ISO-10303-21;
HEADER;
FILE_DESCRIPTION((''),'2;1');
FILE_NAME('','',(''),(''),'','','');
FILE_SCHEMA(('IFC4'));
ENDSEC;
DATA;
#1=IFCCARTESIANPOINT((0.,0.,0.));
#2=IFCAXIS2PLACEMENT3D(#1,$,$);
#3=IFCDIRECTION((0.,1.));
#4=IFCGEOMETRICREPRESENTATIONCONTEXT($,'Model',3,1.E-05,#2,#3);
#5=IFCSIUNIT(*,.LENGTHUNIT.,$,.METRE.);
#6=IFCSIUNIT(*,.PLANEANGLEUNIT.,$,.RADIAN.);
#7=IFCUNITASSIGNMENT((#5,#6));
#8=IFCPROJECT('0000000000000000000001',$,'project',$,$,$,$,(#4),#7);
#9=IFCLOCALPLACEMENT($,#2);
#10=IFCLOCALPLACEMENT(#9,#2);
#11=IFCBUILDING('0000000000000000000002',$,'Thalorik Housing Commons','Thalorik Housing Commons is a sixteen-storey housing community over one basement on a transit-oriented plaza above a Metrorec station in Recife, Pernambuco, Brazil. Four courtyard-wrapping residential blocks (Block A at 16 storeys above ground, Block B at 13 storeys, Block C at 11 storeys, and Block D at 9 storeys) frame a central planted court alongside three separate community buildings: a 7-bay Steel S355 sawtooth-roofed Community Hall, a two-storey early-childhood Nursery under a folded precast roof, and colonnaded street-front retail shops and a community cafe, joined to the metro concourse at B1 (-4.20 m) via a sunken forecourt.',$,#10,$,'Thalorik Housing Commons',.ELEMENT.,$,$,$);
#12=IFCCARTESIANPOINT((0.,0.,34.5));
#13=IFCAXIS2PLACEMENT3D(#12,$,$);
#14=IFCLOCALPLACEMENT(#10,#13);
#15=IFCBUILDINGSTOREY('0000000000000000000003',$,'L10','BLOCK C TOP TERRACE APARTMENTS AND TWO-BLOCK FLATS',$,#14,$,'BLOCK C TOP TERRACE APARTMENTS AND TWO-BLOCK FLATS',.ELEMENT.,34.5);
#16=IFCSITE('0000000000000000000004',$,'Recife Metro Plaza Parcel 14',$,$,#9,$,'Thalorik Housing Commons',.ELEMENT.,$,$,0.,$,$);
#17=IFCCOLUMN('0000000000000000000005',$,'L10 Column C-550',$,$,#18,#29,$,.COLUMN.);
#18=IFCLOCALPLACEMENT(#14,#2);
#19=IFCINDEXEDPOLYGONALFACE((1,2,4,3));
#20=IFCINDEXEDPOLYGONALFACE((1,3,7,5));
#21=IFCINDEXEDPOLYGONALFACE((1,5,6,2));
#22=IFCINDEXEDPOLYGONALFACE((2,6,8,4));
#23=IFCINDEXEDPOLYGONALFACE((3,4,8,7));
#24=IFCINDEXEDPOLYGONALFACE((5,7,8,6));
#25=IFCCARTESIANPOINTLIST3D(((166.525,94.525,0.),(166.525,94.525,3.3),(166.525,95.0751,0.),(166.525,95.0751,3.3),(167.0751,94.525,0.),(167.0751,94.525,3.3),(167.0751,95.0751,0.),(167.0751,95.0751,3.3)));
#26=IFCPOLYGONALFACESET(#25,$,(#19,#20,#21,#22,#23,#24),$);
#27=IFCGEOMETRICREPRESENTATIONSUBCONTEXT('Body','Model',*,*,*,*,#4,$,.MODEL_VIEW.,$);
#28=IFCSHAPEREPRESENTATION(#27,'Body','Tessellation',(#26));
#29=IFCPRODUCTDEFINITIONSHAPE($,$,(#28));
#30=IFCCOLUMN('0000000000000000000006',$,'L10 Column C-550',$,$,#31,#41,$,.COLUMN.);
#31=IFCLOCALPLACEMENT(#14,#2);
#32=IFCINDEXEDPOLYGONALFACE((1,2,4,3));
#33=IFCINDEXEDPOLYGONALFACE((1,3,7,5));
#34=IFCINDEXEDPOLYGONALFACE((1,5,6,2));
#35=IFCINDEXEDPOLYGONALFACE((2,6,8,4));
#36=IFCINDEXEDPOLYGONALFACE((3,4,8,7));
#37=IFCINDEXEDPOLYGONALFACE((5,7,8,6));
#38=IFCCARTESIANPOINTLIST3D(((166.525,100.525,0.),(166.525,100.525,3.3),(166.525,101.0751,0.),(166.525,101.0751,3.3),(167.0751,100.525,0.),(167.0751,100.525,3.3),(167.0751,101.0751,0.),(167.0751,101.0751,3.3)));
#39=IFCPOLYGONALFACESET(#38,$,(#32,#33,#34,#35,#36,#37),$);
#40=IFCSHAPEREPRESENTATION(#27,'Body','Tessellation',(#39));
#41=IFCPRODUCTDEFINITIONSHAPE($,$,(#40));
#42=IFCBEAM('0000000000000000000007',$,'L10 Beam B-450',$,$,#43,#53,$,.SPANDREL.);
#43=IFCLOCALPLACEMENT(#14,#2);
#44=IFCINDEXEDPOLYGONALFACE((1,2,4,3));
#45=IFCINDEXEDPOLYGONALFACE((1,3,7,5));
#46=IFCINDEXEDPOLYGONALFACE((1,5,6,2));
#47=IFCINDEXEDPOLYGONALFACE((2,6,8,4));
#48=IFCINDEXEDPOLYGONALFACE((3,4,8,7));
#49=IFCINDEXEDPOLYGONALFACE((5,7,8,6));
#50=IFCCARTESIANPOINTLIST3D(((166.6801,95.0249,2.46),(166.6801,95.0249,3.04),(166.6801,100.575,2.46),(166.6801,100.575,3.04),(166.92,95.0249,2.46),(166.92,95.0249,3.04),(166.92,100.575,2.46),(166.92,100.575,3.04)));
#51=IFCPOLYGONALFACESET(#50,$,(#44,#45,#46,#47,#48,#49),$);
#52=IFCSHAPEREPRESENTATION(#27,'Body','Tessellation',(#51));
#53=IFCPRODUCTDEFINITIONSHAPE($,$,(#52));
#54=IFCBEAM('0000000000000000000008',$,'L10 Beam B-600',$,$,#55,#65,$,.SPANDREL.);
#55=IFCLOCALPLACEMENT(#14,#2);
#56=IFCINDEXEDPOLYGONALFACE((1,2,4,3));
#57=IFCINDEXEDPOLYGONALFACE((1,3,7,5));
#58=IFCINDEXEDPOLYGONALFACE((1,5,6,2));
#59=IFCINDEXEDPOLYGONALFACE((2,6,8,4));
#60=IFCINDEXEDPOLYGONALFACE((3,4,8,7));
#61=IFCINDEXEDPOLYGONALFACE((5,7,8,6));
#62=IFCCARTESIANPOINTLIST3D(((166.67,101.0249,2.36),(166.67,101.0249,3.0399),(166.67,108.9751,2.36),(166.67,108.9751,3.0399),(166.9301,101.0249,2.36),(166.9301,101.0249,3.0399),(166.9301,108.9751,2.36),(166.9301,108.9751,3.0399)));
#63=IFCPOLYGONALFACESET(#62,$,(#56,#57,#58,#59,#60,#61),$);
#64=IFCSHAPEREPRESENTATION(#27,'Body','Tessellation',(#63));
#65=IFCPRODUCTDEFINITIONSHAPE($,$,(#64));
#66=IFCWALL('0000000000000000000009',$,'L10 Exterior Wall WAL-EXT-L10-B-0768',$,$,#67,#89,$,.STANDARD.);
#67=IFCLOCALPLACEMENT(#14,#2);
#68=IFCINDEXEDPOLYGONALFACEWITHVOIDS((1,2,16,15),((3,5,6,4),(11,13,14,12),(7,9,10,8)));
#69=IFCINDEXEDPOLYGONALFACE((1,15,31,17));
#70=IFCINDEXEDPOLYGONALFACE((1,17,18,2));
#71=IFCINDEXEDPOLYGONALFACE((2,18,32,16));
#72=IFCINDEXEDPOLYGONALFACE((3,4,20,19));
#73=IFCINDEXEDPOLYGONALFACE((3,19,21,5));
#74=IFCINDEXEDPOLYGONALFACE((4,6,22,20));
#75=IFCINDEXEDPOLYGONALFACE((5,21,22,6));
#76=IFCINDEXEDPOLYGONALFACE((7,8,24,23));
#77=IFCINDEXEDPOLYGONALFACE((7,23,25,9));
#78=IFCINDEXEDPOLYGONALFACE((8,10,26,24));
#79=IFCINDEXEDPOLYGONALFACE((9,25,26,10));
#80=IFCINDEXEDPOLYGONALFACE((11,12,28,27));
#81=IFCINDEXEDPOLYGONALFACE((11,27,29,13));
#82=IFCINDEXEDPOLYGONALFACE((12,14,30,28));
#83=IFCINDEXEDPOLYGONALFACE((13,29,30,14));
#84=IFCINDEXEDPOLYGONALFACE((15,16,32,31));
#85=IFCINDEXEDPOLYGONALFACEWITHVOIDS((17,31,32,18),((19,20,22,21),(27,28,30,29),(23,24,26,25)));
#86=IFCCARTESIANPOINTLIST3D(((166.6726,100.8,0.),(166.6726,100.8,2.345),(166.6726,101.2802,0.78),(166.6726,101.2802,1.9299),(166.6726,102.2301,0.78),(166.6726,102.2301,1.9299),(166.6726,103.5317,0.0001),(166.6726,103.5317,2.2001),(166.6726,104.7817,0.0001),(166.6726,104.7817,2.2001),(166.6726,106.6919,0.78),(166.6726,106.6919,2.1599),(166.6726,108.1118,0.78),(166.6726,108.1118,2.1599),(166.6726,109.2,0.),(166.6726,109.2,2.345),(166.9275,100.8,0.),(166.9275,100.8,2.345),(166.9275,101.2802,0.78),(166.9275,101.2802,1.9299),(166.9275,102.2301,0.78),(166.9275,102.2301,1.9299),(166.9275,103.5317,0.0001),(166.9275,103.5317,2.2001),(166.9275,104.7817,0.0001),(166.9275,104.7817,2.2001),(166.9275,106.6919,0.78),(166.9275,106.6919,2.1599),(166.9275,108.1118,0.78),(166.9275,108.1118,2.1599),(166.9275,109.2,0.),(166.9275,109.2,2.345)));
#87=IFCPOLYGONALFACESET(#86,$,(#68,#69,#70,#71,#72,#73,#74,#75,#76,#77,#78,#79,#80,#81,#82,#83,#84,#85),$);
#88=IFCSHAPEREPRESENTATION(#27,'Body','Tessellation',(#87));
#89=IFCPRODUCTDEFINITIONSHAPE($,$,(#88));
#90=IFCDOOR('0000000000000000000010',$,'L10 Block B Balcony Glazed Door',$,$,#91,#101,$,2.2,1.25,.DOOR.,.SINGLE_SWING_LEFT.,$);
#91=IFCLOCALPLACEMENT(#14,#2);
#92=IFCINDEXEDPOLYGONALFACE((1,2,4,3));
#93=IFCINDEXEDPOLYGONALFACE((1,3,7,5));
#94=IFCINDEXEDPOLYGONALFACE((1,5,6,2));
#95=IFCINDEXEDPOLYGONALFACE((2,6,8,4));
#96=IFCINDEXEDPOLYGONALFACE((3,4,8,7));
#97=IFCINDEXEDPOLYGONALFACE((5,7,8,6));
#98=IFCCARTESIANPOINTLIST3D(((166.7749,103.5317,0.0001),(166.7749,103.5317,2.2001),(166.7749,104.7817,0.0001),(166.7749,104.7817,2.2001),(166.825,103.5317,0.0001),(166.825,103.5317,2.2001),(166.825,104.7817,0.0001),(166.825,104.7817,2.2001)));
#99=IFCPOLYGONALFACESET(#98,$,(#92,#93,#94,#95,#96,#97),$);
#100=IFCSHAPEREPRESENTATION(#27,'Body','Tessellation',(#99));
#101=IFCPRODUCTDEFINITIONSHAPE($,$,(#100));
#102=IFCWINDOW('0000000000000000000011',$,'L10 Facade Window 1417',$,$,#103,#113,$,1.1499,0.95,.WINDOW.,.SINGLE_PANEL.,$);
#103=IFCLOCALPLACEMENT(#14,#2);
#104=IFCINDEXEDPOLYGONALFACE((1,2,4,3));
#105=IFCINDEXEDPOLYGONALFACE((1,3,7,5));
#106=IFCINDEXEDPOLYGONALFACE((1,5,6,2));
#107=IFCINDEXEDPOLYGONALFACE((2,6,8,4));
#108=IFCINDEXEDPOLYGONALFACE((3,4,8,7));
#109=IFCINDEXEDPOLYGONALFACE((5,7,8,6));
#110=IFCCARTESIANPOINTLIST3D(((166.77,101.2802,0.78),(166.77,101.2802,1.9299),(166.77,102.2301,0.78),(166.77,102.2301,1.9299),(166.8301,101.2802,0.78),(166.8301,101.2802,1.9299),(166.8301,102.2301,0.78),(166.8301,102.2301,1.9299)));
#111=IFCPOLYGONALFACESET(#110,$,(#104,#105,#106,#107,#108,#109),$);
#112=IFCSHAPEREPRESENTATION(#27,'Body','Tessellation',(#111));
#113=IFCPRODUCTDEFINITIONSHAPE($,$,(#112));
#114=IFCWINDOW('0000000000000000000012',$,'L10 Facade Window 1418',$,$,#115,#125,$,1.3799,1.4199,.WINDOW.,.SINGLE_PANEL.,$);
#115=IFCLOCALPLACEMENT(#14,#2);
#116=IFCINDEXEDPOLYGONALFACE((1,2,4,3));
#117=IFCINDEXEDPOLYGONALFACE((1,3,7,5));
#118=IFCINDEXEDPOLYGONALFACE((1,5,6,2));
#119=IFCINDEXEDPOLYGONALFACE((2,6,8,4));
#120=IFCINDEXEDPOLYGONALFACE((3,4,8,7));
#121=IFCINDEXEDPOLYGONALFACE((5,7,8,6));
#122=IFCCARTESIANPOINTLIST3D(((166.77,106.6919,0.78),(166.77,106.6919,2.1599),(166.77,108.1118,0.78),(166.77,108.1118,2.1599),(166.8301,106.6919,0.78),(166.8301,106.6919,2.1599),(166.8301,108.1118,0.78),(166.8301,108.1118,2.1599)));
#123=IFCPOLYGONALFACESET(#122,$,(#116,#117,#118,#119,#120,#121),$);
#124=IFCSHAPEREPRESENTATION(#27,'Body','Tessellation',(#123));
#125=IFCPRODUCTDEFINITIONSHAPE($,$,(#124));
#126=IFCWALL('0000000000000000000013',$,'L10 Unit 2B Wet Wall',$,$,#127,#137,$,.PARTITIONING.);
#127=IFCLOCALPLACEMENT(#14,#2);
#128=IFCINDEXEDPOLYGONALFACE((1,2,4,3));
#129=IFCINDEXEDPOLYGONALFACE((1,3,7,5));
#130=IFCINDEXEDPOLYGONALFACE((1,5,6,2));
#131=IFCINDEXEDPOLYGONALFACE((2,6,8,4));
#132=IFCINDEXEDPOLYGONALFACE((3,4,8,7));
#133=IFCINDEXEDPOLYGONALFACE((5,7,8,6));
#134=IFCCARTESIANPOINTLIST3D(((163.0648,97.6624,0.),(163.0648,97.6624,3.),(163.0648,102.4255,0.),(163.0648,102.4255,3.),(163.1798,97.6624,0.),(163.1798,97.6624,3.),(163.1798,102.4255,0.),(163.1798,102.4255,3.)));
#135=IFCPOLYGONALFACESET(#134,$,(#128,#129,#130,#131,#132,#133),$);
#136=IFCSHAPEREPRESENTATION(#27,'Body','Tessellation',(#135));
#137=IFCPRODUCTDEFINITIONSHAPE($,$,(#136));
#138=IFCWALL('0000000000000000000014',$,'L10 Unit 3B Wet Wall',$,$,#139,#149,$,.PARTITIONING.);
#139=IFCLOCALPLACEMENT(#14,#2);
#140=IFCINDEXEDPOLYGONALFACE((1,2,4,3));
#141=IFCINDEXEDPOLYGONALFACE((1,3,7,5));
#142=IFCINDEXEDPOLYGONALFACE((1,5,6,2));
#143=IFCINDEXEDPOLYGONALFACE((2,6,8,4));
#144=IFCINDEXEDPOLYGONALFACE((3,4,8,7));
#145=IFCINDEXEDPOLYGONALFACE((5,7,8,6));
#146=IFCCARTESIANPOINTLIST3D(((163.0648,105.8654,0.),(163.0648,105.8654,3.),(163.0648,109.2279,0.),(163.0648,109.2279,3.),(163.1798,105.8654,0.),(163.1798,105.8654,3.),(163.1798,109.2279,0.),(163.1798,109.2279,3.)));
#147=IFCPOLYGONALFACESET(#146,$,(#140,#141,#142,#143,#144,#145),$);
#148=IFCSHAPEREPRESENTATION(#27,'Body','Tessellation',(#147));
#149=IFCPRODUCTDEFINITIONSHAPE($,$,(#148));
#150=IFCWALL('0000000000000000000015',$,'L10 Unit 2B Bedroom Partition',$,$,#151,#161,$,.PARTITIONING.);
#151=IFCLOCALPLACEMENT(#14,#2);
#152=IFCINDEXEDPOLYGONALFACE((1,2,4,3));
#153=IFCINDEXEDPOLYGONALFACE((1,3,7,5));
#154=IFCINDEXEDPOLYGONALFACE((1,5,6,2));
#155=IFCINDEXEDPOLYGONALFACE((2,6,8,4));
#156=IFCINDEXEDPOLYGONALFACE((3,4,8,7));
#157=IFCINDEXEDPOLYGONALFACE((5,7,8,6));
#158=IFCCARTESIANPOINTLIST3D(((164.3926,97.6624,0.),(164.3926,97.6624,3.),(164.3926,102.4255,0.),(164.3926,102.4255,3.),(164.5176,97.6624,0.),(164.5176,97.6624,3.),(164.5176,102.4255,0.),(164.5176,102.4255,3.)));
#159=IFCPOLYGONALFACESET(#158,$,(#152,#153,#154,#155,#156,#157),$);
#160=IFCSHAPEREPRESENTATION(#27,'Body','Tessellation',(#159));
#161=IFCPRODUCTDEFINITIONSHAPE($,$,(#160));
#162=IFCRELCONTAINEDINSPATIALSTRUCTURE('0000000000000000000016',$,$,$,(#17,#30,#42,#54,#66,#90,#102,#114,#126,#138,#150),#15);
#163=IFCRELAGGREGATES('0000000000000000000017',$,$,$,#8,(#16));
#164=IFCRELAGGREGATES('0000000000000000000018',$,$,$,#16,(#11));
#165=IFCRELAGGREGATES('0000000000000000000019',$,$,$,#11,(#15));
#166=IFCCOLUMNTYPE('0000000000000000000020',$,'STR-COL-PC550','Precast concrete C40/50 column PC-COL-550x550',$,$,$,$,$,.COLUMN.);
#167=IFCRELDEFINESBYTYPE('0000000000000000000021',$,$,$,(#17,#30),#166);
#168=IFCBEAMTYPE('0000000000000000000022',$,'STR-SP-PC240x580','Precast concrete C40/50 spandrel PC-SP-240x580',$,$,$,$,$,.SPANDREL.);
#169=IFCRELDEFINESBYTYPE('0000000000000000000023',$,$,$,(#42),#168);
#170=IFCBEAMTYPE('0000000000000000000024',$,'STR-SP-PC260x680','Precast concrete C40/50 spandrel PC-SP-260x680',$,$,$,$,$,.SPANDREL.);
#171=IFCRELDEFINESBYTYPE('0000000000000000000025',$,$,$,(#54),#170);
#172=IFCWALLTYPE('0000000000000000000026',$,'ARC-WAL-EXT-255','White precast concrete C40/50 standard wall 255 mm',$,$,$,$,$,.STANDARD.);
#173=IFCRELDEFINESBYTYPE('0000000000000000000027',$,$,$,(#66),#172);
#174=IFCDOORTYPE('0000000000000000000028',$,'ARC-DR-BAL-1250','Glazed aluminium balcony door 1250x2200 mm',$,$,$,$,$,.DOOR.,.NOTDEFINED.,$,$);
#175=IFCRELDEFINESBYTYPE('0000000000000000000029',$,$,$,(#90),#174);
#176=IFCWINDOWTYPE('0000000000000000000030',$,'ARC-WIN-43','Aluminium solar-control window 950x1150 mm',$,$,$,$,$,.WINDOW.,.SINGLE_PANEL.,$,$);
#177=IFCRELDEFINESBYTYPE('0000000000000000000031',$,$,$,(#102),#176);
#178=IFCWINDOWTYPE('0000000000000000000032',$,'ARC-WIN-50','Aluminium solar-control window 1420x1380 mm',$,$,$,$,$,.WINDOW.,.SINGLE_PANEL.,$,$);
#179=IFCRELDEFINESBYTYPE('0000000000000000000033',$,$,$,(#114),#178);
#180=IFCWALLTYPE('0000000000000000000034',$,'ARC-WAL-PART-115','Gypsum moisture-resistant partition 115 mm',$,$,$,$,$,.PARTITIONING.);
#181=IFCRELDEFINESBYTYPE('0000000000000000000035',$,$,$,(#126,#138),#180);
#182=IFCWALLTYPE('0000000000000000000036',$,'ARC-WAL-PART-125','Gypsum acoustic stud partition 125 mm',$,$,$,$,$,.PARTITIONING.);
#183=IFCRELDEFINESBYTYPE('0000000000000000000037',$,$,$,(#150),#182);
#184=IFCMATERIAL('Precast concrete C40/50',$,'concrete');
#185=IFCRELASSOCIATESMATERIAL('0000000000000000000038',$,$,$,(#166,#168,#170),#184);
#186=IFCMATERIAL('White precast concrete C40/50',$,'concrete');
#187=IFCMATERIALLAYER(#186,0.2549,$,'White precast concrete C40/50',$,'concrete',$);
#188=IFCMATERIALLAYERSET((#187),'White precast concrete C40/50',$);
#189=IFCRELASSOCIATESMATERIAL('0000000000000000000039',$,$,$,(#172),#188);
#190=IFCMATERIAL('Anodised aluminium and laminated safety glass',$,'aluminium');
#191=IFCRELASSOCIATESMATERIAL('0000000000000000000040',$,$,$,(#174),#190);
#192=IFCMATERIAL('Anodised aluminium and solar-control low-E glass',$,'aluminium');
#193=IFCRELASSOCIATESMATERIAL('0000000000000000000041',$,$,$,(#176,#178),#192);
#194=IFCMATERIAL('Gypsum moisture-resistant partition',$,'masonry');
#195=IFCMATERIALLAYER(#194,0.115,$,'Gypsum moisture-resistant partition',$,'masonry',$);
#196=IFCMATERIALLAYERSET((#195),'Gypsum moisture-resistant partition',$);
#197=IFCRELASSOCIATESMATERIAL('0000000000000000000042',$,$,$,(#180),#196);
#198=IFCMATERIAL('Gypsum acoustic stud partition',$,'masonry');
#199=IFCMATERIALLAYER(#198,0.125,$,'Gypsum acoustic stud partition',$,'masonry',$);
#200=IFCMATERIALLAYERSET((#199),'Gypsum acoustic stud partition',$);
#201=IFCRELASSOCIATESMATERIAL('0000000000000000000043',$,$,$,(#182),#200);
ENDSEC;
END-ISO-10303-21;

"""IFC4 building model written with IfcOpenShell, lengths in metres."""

from ifc_helpers import new_model, si_unit, direction, frame, frame_2d, origin, origin_2d, place, context, subcontext, project, spatial, rectangle, extrude, material, layer, layer_set, material_profile, profile_set, type_object, element, fill, save


model = new_model("IFC4")

# Units and contexts
model_context = context("Model", 3, precision=1e-05, world=origin(), true_north=direction((0.0, 1.0)))
body_context = subcontext(model_context, "Body", "Model", "MODEL_VIEW")
ifc_project = project(units=[si_unit("LENGTHUNIT", "METRE"), si_unit("PLANEANGLEUNIT", "RADIAN")], contexts=[model_context])

# Site, building, storey
site_placement = place(None, origin())
site = spatial("IfcSite", under=ifc_project, at=site_placement, Name="Recife Metro Plaza Parcel 14", LongName="Thalorik Housing Commons", CompositionType="ELEMENT", RefElevation=0.0)
building_placement = place(site_placement, origin())
building = spatial("IfcBuilding", under=site, at=building_placement, Name="Thalorik Housing Commons", Description="Thalorik Housing Commons is a sixteen-storey housing community over one basement on a transit-oriented plaza above a Metrorec station in Recife, Pernambuco, Brazil. Four courtyard-wrapping residential blocks (Block A at 16 storeys above ground, Block B at 13 storeys, Block C at 11 storeys, and Block D at 9 storeys) frame a central planted court alongside three separate community buildings: a 7-bay Steel S355 sawtooth-roofed Community Hall, a two-storey early-childhood Nursery under a folded precast roof, and colonnaded street-front retail shops and a community cafe, joined to the metro concourse at B1 (-4.20 m) via a sunken forecourt.", LongName="Thalorik Housing Commons", CompositionType="ELEMENT")
storey_placement = place(building_placement, frame((0.0, 0.0, 34.5)))
storey = spatial("IfcBuildingStorey", under=building, at=storey_placement, Name="L10", Description="BLOCK C TOP TERRACE APARTMENTS AND TWO-BLOCK FLATS", LongName="BLOCK C TOP TERRACE APARTMENTS AND TWO-BLOCK FLATS", CompositionType="ELEMENT", Elevation=34.5)

# Columns
ifc_material_1 = material(Name="Precast concrete C40/50", Category="concrete")
ifc_material_profile_1 = material_profile(ifc_material_1, rectangle(XDim=0.55, YDim=0.55, at=origin_2d()), Name="PC 550x550", Category="concrete")
ifc_profile_set_1 = profile_set([ifc_material_profile_1], Name="Precast concrete C40/50")
column_type = type_object("IfcColumnType", Name="STR-COL-PC550", Description="Precast concrete C40/50 column PC-COL-550x550", PredefinedType="COLUMN", material=ifc_profile_set_1)
for number, where, z_axis, x_axis, name in (
    (1, (166.8, 94.8, 0.0), (0.0, 0.0, 1.0), (1.0, 0.0, 0.0), "L10 Column C-550"),
    (2, (166.8, 100.8, 0.0), (0.0, 0.0, 1.0), (1.0, 0.0, 0.0), "L10 Column C-550"),
):
    element("IfcColumn", number, at=place(storey_placement, frame(where, z_axis=z_axis, x_axis=x_axis)), inside=storey, type_object=column_type, Name=name, PredefinedType="COLUMN", context=body_context, shape_type="SweptSolid", body=[
        extrude(rectangle(XDim=0.55, YDim=0.55, at=origin_2d()), origin(), (0.0, 0.0, 1.0), 3.3),
    ])

# Beams
ifc_material_profile_2 = material_profile(ifc_material_1, rectangle(XDim=0.24, YDim=0.5801, at=origin_2d()), Name="PC SP 240x580", Category="concrete")
ifc_profile_set_2 = profile_set([ifc_material_profile_2], Name="Precast concrete C40/50")
beam_type_1 = type_object("IfcBeamType", Name="STR-SP-PC240x580", Description="Precast concrete C40/50 spandrel PC-SP-240x580", PredefinedType="SPANDREL", material=ifc_profile_set_2)
beam_1_placement = place(storey_placement, frame((166.8, 95.0249, 2.75), z_axis=(0.0, 1.0, 0.0), x_axis=(-1.0, 0.0, 0.0)))
element("IfcBeam", 3, at=beam_1_placement, inside=storey, type_object=beam_type_1, Name="L10 Beam B-450", PredefinedType="SPANDREL", context=body_context, shape_type="SweptSolid", body=[
    extrude(rectangle(XDim=0.24, YDim=0.5801, at=origin_2d()), origin(), (0.0, 0.0, 1.0), 5.55),
])
ifc_material_profile_3 = material_profile(ifc_material_1, rectangle(XDim=0.26, YDim=0.6799, at=origin_2d()), Name="PC SP 260x680", Category="concrete")
ifc_profile_set_3 = profile_set([ifc_material_profile_3], Name="Precast concrete C40/50")
beam_type_2 = type_object("IfcBeamType", Name="STR-SP-PC260x680", Description="Precast concrete C40/50 spandrel PC-SP-260x680", PredefinedType="SPANDREL", material=ifc_profile_set_3)
beam_2_placement = place(storey_placement, frame((166.8, 101.0249, 2.7), z_axis=(0.0, 1.0, 0.0), x_axis=(-1.0, 0.0, 0.0)))
element("IfcBeam", 4, at=beam_2_placement, inside=storey, type_object=beam_type_2, Name="L10 Beam B-600", PredefinedType="SPANDREL", context=body_context, shape_type="SweptSolid", body=[
    extrude(rectangle(XDim=0.26, YDim=0.6799, at=origin_2d()), origin(), (0.0, 0.0, 1.0), 7.9502),
])

# Shared definitions
ifc_material_2 = material(Name="White precast concrete C40/50", Category="concrete")
ifc_layer_1 = layer(ifc_material_2, 0.2549, Name="White precast concrete C40/50", Category="concrete")
ifc_layer_set_1 = layer_set([ifc_layer_1], Name="White precast concrete C40/50")
wall_type_1 = type_object("IfcWallType", Name="ARC-WAL-EXT-255", Description="White precast concrete C40/50 standard wall 255 mm", PredefinedType="STANDARD", material=ifc_layer_set_1)
ifc_material_3 = material(Name="Anodised aluminium and laminated safety glass", Category="aluminium")
ifc_material_4 = material(Name="Anodised aluminium and solar-control low-E glass", Category="aluminium")

# Wall, openings, door, windows
wall_1_placement = place(storey_placement, frame((166.8, 100.8, 0.0), z_axis=(0.0, 0.0, 1.0), x_axis=(0.0, 1.0, 0.0)))
wall_1 = element("IfcWall", 5, at=wall_1_placement, inside=storey, type_object=wall_type_1, Name="L10 Exterior Wall WAL-EXT-L10-B-0768", PredefinedType="STANDARD", context=body_context, shape_type="SweptSolid", body=[
    extrude(rectangle(XDim=8.3999, YDim=0.2549, at=frame_2d((4.2, 0.0))), origin(), (0.0, 0.0, 1.0), 2.345),
])
opening_1_placement = place(wall_1_placement, frame((2.7317, 0.0, 0.0)))
opening_1 = element("IfcOpeningElement", 6, at=opening_1_placement, cuts=wall_1, PredefinedType="OPENING", context=body_context, shape_type="SweptSolid", body=[
    extrude(rectangle(XDim=1.25, YDim=2.2, at=frame_2d((0.625, 1.1001))), frame((0.0, 0.1375, 0.0), z_axis=(0.0, -1.0, 0.0), x_axis=(1.0, 0.0, 0.0)), (0.0, 0.0, 1.0), 0.2749),
])
opening_2_placement = place(wall_1_placement, frame((0.48, 0.0, 0.78)))
opening_2 = element("IfcOpeningElement", 7, at=opening_2_placement, cuts=wall_1, PredefinedType="OPENING", context=body_context, shape_type="SweptSolid", body=[
    extrude(rectangle(XDim=0.95, YDim=1.1499, at=frame_2d((0.4751, 0.575))), frame((0.0, 0.1375, 0.0), z_axis=(0.0, -1.0, 0.0), x_axis=(1.0, 0.0, 0.0)), (0.0, 0.0, 1.0), 0.2749),
])
opening_3_placement = place(wall_1_placement, frame((5.8918, 0.0, 0.78)))
opening_3 = element("IfcOpeningElement", 8, at=opening_3_placement, cuts=wall_1, PredefinedType="OPENING", context=body_context, shape_type="SweptSolid", body=[
    extrude(rectangle(XDim=1.4199, YDim=1.3799, at=frame_2d((0.71, 0.6899))), frame((0.0, 0.1375, 0.0), z_axis=(0.0, -1.0, 0.0), x_axis=(1.0, 0.0, 0.0)), (0.0, 0.0, 1.0), 0.2749),
])
door_type_1 = type_object("IfcDoorType", Name="ARC-DR-BAL-1250", Description="Glazed aluminium balcony door 1250x2200 mm", OperationType="NOTDEFINED", PredefinedType="DOOR", material=ifc_material_3)
door_1_placement = place(opening_1_placement, frame((1.25, 0.0, 0.0), z_axis=(0.0, 0.0, 1.0), x_axis=(-1.0, 0.0, 0.0)))
door_1 = element("IfcDoor", 9, at=door_1_placement, inside=storey, type_object=door_type_1, Name="L10 Block B Balcony Glazed Door", OperationType="SINGLE_SWING_LEFT", OverallHeight=2.2, OverallWidth=1.25, PredefinedType="DOOR", context=body_context, shape_type="SweptSolid", body=[
    extrude(rectangle(XDim=1.25, YDim=2.2, at=frame_2d((0.625, 1.1001))), frame((0.0, 0.0249, 0.0), z_axis=(0.0, -1.0, 0.0), x_axis=(1.0, 0.0, 0.0)), (0.0, 0.0, 1.0), 0.05),
])
fill(opening_1, door_1)
window_type_1 = type_object("IfcWindowType", Name="ARC-WIN-43", Description="Aluminium solar-control window 950x1150 mm", PartitioningType="SINGLE_PANEL", PredefinedType="WINDOW", material=ifc_material_4)
window_1_placement = place(opening_2_placement, origin())
window_1 = element("IfcWindow", 10, at=window_1_placement, inside=storey, type_object=window_type_1, Name="L10 Facade Window 1417", OverallHeight=1.1499, OverallWidth=0.95, PartitioningType="SINGLE_PANEL", PredefinedType="WINDOW", context=body_context, shape_type="SweptSolid", body=[
    extrude(rectangle(XDim=0.95, YDim=1.1499, at=frame_2d((0.4751, 0.575))), frame((0.0, 0.03, 0.0), z_axis=(0.0, -1.0, 0.0), x_axis=(1.0, 0.0, 0.0)), (0.0, 0.0, 1.0), 0.0601),
])
fill(opening_2, window_1)
window_type_2 = type_object("IfcWindowType", Name="ARC-WIN-50", Description="Aluminium solar-control window 1420x1380 mm", PartitioningType="SINGLE_PANEL", PredefinedType="WINDOW", material=ifc_material_4)
window_2_placement = place(opening_3_placement, origin())
window_2 = element("IfcWindow", 11, at=window_2_placement, inside=storey, type_object=window_type_2, Name="L10 Facade Window 1418", OverallHeight=1.3799, OverallWidth=1.4199, PartitioningType="SINGLE_PANEL", PredefinedType="WINDOW", context=body_context, shape_type="SweptSolid", body=[
    extrude(rectangle(XDim=1.4199, YDim=1.3799, at=frame_2d((0.71, 0.6899))), frame((0.0, 0.03, 0.0), z_axis=(0.0, -1.0, 0.0), x_axis=(1.0, 0.0, 0.0)), (0.0, 0.0, 1.0), 0.0601),
])
fill(opening_3, window_2)

# Walls
ifc_material_5 = material(Name="Gypsum moisture-resistant partition", Category="masonry")
ifc_layer_2 = layer(ifc_material_5, 0.115, Name="Gypsum moisture-resistant partition", Category="masonry")
ifc_layer_set_2 = layer_set([ifc_layer_2], Name="Gypsum moisture-resistant partition")
wall_type_2 = type_object("IfcWallType", Name="ARC-WAL-PART-115", Description="Gypsum moisture-resistant partition 115 mm", PredefinedType="PARTITIONING", material=ifc_layer_set_2)
wall_2_placement = place(storey_placement, frame((163.1223, 97.6624, 0.0), z_axis=(0.0, 0.0, 1.0), x_axis=(0.0, 1.0, 0.0)))
element("IfcWall", 12, at=wall_2_placement, inside=storey, type_object=wall_type_2, Name="L10 Unit 2B Wet Wall", PredefinedType="PARTITIONING", context=body_context, shape_type="SweptSolid", body=[
    extrude(rectangle(XDim=4.7632, YDim=0.115, at=frame_2d((2.3816, 0.0))), origin(), (0.0, 0.0, 1.0), 3.0),
])
wall_3_placement = place(storey_placement, frame((163.1223, 105.8655, 0.0), z_axis=(0.0, 0.0, 1.0), x_axis=(0.0, 1.0, 0.0)))
element("IfcWall", 13, at=wall_3_placement, inside=storey, type_object=wall_type_2, Name="L10 Unit 3B Wet Wall", PredefinedType="PARTITIONING", context=body_context, shape_type="SweptSolid", body=[
    extrude(rectangle(XDim=3.3625, YDim=0.115, at=frame_2d((1.6812, 0.0))), origin(), (0.0, 0.0, 1.0), 3.0),
])
ifc_material_6 = material(Name="Gypsum acoustic stud partition", Category="masonry")
ifc_layer_3 = layer(ifc_material_6, 0.125, Name="Gypsum acoustic stud partition", Category="masonry")
ifc_layer_set_3 = layer_set([ifc_layer_3], Name="Gypsum acoustic stud partition")
wall_type_3 = type_object("IfcWallType", Name="ARC-WAL-PART-125", Description="Gypsum acoustic stud partition 125 mm", PredefinedType="PARTITIONING", material=ifc_layer_set_3)
wall_4_placement = place(storey_placement, frame((164.4551, 97.6624, 0.0), z_axis=(0.0, 0.0, 1.0), x_axis=(0.0, 1.0, 0.0)))
element("IfcWall", 14, at=wall_4_placement, inside=storey, type_object=wall_type_3, Name="L10 Unit 2B Bedroom Partition", PredefinedType="PARTITIONING", context=body_context, shape_type="SweptSolid", body=[
    extrude(rectangle(XDim=4.7632, YDim=0.125, at=frame_2d((2.3816, 0.0))), origin(), (0.0, 0.0, 1.0), 3.0),
])

save(model, "model.ifc")
